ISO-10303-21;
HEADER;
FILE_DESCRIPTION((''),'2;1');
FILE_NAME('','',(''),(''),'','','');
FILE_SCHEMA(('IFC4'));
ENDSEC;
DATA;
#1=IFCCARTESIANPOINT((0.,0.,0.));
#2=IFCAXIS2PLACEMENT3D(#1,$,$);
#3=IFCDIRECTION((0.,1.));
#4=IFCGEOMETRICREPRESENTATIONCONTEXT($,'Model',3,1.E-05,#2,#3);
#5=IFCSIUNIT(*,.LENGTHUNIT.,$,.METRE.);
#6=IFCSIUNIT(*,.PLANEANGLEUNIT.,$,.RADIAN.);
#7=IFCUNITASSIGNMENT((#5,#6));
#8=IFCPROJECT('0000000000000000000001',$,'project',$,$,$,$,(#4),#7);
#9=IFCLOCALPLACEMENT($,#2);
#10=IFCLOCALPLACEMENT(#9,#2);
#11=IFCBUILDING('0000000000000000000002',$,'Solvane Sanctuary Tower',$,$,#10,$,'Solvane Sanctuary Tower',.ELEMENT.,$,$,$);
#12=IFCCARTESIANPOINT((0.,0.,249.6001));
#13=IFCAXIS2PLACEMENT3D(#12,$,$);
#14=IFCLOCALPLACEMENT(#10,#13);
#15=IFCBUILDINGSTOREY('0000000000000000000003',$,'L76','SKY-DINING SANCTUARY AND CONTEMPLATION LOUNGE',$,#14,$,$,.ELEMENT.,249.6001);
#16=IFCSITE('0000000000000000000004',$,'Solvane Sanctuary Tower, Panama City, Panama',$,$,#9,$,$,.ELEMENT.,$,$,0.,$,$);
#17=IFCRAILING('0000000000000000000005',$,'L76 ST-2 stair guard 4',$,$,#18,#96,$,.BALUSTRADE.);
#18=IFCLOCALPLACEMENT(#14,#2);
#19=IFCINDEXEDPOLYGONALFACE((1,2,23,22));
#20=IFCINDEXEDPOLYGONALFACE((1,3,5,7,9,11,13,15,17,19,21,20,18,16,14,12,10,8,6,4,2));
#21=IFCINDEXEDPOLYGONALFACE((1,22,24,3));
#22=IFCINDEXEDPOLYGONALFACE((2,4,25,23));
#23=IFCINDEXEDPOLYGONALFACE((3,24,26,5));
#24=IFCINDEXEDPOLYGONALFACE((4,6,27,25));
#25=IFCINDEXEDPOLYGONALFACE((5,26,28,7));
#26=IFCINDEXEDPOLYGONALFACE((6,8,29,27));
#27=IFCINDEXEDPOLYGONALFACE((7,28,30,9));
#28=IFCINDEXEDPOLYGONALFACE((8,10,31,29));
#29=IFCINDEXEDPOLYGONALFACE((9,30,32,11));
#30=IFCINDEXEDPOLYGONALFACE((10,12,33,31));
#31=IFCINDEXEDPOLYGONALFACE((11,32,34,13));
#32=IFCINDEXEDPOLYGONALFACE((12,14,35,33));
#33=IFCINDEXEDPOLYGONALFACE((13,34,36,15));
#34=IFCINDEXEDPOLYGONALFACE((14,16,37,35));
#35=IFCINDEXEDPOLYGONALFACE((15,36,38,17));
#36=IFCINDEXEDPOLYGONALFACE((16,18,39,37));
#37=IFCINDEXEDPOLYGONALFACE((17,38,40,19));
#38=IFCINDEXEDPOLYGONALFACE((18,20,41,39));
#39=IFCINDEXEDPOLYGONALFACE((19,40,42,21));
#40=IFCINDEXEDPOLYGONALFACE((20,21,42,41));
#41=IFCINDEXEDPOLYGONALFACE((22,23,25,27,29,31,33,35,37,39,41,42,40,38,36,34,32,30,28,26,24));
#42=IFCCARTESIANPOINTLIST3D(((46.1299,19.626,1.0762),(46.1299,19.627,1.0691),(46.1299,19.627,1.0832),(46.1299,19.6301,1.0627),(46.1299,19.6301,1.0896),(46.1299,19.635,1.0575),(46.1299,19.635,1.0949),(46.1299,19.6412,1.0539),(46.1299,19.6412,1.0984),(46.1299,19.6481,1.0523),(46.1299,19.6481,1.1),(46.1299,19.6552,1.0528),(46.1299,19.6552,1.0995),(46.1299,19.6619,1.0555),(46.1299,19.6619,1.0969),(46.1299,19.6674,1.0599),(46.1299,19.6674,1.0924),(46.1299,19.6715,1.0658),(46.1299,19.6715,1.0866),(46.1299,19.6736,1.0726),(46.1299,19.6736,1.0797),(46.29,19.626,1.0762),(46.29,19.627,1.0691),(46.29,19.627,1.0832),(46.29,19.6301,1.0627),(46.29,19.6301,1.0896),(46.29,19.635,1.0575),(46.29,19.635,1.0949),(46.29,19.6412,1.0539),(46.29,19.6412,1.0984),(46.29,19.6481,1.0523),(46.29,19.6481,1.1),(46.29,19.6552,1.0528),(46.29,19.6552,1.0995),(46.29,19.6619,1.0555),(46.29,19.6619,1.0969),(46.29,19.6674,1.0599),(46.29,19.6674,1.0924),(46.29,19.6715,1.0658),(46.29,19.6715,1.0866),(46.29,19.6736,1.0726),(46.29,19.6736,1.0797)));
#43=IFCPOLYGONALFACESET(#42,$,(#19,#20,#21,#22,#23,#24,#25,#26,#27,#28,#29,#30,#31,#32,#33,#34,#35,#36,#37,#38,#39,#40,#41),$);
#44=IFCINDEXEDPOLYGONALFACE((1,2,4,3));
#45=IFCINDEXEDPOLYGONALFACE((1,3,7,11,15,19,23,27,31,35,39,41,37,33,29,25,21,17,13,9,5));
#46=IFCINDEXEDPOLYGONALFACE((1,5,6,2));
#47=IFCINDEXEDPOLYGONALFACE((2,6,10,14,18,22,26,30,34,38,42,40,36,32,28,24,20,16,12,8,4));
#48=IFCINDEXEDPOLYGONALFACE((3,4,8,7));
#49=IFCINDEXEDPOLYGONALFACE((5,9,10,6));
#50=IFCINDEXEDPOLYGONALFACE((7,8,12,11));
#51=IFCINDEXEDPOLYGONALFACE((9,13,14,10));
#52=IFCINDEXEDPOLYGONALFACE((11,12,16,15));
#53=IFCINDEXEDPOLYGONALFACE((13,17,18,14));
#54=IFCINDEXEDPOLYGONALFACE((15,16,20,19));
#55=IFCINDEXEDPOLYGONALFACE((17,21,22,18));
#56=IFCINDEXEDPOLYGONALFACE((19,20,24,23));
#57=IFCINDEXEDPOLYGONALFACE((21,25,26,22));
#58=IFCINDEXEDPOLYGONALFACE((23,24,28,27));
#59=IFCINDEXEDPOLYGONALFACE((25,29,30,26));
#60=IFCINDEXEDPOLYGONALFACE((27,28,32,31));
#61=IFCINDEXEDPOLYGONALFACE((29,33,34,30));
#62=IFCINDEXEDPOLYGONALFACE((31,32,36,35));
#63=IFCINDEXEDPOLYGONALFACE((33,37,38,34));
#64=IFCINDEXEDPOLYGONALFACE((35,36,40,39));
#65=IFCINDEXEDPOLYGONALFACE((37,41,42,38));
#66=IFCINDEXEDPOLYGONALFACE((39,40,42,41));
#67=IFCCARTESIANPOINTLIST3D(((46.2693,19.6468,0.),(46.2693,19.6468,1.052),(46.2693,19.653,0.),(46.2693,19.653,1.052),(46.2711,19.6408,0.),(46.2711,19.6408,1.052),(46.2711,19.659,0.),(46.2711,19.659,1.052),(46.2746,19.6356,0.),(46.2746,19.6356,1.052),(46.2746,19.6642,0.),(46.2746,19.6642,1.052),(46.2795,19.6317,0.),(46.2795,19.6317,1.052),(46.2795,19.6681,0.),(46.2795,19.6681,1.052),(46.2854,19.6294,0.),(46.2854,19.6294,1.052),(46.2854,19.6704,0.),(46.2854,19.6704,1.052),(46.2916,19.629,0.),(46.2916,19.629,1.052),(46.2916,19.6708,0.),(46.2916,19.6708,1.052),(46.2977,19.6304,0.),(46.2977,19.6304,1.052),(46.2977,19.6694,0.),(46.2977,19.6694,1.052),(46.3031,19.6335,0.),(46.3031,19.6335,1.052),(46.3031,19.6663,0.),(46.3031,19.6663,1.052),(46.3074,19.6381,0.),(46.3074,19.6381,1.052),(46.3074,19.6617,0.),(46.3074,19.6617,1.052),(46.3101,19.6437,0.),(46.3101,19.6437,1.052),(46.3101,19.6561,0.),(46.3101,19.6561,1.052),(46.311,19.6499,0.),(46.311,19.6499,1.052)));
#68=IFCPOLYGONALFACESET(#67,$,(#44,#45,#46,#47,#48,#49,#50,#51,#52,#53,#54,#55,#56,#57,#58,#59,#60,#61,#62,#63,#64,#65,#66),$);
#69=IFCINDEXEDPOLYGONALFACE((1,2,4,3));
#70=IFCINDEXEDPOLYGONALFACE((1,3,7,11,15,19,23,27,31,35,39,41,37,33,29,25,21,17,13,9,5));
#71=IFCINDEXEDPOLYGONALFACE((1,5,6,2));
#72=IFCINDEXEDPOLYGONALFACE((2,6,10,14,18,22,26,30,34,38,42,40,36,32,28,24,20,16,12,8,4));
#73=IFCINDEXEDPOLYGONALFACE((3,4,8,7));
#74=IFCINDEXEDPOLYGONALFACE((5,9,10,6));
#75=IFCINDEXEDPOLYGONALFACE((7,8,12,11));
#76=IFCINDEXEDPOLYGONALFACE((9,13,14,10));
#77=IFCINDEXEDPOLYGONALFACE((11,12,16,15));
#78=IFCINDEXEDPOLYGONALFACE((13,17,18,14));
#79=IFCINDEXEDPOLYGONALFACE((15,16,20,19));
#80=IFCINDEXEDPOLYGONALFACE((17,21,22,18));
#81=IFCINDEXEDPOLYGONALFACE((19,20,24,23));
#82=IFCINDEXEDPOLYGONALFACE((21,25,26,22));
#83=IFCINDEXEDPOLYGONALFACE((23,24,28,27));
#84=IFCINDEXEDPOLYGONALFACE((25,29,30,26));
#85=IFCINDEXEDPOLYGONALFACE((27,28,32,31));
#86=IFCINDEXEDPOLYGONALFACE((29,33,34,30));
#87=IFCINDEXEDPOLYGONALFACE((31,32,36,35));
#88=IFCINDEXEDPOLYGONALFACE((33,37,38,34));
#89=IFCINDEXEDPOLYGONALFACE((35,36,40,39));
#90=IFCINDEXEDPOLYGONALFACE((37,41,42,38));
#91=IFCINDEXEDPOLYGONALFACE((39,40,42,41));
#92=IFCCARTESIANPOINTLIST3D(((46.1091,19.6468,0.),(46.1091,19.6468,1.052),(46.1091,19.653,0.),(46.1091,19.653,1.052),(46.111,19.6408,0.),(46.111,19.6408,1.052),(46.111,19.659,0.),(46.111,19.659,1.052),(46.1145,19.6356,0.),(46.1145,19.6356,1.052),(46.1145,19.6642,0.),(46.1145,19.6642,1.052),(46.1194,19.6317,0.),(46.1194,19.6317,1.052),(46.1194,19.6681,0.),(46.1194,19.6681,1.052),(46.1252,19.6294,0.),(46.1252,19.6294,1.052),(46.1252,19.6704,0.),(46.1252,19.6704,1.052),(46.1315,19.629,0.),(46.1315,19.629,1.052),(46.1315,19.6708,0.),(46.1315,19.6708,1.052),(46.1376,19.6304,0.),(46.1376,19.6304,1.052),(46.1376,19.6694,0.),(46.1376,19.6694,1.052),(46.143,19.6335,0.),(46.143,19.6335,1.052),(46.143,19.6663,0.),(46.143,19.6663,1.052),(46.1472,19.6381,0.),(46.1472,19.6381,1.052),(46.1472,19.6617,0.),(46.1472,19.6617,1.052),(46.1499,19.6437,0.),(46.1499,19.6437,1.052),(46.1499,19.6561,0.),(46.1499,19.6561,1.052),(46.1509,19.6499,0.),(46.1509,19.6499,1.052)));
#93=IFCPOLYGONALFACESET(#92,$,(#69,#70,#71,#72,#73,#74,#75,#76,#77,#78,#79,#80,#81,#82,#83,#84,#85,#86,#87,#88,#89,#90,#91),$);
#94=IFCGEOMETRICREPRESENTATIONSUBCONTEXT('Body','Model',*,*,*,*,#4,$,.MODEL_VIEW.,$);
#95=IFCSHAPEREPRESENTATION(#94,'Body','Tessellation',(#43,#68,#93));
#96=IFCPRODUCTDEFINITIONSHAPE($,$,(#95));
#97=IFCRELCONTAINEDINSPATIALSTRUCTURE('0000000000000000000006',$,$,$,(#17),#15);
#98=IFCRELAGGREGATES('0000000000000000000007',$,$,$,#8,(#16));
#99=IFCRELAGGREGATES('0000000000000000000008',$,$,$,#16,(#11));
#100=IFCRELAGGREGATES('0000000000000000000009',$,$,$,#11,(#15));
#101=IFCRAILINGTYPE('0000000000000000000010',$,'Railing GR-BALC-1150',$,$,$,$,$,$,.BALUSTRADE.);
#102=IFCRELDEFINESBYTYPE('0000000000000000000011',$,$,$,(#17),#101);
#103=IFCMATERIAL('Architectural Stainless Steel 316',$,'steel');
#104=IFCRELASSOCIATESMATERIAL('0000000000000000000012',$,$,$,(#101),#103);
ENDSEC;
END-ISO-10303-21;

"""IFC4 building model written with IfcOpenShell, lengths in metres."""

from ifc_helpers import new_model, si_unit, direction, frame, origin, origin_2d, place, context, subcontext, project, spatial, circle, extrude, material, type_object, element, save


model = new_model("IFC4")

# Units and contexts
model_context = context("Model", 3, precision=1e-05, world=origin(), true_north=direction((0.0, 1.0)))
body_context = subcontext(model_context, "Body", "Model", "MODEL_VIEW")
ifc_project = project(units=[si_unit("LENGTHUNIT", "METRE"), si_unit("PLANEANGLEUNIT", "RADIAN")], contexts=[model_context])

# Site, building, storey
site_placement = place(None, origin())
site = spatial("IfcSite", under=ifc_project, at=site_placement, Name="Solvane Sanctuary Tower, Panama City, Panama", CompositionType="ELEMENT", RefElevation=0.0)
building_placement = place(site_placement, origin())
building = spatial("IfcBuilding", under=site, at=building_placement, Name="Solvane Sanctuary Tower", LongName="Solvane Sanctuary Tower", CompositionType="ELEMENT")
storey_placement = place(building_placement, frame((0.0, 0.0, 249.6001)))
storey = spatial("IfcBuildingStorey", under=building, at=storey_placement, Name="L76", Description="SKY-DINING SANCTUARY AND CONTEMPLATION LOUNGE", CompositionType="ELEMENT", Elevation=249.6001)

# Shared definitions
ifc_material_1 = material(Name="Architectural Stainless Steel 316", Category="steel")

# Railing
railing_type_1 = type_object("IfcRailingType", Name="Railing GR-BALC-1150", PredefinedType="BALUSTRADE", material=ifc_material_1)
railing_1_placement = place(storey_placement, frame((46.29, 19.6499, 0.0)))
element("IfcRailing", 1, at=railing_1_placement, inside=storey, type_object=railing_type_1, Name="L76 ST-2 stair guard 4", PredefinedType="BALUSTRADE", context=body_context, shape_type="SweptSolid", body=[
    extrude(circle(Radius=0.0239, at=origin_2d()), frame((0.0, 0.0, 1.0762), z_axis=(-1.0, 0.0, 0.0), x_axis=(0.0, -1.0, 0.0)), (0.0, 0.0, 1.0), 0.1602),
    extrude(circle(Radius=0.021, at=origin_2d()), origin(), (0.0, 0.0, 1.0), 1.052),
    extrude(circle(Radius=0.021, at=origin_2d()), frame((-0.1602, 0.0, 0.0)), (0.0, 0.0, 1.0), 1.052),
])

save(model, "model.ifc")
